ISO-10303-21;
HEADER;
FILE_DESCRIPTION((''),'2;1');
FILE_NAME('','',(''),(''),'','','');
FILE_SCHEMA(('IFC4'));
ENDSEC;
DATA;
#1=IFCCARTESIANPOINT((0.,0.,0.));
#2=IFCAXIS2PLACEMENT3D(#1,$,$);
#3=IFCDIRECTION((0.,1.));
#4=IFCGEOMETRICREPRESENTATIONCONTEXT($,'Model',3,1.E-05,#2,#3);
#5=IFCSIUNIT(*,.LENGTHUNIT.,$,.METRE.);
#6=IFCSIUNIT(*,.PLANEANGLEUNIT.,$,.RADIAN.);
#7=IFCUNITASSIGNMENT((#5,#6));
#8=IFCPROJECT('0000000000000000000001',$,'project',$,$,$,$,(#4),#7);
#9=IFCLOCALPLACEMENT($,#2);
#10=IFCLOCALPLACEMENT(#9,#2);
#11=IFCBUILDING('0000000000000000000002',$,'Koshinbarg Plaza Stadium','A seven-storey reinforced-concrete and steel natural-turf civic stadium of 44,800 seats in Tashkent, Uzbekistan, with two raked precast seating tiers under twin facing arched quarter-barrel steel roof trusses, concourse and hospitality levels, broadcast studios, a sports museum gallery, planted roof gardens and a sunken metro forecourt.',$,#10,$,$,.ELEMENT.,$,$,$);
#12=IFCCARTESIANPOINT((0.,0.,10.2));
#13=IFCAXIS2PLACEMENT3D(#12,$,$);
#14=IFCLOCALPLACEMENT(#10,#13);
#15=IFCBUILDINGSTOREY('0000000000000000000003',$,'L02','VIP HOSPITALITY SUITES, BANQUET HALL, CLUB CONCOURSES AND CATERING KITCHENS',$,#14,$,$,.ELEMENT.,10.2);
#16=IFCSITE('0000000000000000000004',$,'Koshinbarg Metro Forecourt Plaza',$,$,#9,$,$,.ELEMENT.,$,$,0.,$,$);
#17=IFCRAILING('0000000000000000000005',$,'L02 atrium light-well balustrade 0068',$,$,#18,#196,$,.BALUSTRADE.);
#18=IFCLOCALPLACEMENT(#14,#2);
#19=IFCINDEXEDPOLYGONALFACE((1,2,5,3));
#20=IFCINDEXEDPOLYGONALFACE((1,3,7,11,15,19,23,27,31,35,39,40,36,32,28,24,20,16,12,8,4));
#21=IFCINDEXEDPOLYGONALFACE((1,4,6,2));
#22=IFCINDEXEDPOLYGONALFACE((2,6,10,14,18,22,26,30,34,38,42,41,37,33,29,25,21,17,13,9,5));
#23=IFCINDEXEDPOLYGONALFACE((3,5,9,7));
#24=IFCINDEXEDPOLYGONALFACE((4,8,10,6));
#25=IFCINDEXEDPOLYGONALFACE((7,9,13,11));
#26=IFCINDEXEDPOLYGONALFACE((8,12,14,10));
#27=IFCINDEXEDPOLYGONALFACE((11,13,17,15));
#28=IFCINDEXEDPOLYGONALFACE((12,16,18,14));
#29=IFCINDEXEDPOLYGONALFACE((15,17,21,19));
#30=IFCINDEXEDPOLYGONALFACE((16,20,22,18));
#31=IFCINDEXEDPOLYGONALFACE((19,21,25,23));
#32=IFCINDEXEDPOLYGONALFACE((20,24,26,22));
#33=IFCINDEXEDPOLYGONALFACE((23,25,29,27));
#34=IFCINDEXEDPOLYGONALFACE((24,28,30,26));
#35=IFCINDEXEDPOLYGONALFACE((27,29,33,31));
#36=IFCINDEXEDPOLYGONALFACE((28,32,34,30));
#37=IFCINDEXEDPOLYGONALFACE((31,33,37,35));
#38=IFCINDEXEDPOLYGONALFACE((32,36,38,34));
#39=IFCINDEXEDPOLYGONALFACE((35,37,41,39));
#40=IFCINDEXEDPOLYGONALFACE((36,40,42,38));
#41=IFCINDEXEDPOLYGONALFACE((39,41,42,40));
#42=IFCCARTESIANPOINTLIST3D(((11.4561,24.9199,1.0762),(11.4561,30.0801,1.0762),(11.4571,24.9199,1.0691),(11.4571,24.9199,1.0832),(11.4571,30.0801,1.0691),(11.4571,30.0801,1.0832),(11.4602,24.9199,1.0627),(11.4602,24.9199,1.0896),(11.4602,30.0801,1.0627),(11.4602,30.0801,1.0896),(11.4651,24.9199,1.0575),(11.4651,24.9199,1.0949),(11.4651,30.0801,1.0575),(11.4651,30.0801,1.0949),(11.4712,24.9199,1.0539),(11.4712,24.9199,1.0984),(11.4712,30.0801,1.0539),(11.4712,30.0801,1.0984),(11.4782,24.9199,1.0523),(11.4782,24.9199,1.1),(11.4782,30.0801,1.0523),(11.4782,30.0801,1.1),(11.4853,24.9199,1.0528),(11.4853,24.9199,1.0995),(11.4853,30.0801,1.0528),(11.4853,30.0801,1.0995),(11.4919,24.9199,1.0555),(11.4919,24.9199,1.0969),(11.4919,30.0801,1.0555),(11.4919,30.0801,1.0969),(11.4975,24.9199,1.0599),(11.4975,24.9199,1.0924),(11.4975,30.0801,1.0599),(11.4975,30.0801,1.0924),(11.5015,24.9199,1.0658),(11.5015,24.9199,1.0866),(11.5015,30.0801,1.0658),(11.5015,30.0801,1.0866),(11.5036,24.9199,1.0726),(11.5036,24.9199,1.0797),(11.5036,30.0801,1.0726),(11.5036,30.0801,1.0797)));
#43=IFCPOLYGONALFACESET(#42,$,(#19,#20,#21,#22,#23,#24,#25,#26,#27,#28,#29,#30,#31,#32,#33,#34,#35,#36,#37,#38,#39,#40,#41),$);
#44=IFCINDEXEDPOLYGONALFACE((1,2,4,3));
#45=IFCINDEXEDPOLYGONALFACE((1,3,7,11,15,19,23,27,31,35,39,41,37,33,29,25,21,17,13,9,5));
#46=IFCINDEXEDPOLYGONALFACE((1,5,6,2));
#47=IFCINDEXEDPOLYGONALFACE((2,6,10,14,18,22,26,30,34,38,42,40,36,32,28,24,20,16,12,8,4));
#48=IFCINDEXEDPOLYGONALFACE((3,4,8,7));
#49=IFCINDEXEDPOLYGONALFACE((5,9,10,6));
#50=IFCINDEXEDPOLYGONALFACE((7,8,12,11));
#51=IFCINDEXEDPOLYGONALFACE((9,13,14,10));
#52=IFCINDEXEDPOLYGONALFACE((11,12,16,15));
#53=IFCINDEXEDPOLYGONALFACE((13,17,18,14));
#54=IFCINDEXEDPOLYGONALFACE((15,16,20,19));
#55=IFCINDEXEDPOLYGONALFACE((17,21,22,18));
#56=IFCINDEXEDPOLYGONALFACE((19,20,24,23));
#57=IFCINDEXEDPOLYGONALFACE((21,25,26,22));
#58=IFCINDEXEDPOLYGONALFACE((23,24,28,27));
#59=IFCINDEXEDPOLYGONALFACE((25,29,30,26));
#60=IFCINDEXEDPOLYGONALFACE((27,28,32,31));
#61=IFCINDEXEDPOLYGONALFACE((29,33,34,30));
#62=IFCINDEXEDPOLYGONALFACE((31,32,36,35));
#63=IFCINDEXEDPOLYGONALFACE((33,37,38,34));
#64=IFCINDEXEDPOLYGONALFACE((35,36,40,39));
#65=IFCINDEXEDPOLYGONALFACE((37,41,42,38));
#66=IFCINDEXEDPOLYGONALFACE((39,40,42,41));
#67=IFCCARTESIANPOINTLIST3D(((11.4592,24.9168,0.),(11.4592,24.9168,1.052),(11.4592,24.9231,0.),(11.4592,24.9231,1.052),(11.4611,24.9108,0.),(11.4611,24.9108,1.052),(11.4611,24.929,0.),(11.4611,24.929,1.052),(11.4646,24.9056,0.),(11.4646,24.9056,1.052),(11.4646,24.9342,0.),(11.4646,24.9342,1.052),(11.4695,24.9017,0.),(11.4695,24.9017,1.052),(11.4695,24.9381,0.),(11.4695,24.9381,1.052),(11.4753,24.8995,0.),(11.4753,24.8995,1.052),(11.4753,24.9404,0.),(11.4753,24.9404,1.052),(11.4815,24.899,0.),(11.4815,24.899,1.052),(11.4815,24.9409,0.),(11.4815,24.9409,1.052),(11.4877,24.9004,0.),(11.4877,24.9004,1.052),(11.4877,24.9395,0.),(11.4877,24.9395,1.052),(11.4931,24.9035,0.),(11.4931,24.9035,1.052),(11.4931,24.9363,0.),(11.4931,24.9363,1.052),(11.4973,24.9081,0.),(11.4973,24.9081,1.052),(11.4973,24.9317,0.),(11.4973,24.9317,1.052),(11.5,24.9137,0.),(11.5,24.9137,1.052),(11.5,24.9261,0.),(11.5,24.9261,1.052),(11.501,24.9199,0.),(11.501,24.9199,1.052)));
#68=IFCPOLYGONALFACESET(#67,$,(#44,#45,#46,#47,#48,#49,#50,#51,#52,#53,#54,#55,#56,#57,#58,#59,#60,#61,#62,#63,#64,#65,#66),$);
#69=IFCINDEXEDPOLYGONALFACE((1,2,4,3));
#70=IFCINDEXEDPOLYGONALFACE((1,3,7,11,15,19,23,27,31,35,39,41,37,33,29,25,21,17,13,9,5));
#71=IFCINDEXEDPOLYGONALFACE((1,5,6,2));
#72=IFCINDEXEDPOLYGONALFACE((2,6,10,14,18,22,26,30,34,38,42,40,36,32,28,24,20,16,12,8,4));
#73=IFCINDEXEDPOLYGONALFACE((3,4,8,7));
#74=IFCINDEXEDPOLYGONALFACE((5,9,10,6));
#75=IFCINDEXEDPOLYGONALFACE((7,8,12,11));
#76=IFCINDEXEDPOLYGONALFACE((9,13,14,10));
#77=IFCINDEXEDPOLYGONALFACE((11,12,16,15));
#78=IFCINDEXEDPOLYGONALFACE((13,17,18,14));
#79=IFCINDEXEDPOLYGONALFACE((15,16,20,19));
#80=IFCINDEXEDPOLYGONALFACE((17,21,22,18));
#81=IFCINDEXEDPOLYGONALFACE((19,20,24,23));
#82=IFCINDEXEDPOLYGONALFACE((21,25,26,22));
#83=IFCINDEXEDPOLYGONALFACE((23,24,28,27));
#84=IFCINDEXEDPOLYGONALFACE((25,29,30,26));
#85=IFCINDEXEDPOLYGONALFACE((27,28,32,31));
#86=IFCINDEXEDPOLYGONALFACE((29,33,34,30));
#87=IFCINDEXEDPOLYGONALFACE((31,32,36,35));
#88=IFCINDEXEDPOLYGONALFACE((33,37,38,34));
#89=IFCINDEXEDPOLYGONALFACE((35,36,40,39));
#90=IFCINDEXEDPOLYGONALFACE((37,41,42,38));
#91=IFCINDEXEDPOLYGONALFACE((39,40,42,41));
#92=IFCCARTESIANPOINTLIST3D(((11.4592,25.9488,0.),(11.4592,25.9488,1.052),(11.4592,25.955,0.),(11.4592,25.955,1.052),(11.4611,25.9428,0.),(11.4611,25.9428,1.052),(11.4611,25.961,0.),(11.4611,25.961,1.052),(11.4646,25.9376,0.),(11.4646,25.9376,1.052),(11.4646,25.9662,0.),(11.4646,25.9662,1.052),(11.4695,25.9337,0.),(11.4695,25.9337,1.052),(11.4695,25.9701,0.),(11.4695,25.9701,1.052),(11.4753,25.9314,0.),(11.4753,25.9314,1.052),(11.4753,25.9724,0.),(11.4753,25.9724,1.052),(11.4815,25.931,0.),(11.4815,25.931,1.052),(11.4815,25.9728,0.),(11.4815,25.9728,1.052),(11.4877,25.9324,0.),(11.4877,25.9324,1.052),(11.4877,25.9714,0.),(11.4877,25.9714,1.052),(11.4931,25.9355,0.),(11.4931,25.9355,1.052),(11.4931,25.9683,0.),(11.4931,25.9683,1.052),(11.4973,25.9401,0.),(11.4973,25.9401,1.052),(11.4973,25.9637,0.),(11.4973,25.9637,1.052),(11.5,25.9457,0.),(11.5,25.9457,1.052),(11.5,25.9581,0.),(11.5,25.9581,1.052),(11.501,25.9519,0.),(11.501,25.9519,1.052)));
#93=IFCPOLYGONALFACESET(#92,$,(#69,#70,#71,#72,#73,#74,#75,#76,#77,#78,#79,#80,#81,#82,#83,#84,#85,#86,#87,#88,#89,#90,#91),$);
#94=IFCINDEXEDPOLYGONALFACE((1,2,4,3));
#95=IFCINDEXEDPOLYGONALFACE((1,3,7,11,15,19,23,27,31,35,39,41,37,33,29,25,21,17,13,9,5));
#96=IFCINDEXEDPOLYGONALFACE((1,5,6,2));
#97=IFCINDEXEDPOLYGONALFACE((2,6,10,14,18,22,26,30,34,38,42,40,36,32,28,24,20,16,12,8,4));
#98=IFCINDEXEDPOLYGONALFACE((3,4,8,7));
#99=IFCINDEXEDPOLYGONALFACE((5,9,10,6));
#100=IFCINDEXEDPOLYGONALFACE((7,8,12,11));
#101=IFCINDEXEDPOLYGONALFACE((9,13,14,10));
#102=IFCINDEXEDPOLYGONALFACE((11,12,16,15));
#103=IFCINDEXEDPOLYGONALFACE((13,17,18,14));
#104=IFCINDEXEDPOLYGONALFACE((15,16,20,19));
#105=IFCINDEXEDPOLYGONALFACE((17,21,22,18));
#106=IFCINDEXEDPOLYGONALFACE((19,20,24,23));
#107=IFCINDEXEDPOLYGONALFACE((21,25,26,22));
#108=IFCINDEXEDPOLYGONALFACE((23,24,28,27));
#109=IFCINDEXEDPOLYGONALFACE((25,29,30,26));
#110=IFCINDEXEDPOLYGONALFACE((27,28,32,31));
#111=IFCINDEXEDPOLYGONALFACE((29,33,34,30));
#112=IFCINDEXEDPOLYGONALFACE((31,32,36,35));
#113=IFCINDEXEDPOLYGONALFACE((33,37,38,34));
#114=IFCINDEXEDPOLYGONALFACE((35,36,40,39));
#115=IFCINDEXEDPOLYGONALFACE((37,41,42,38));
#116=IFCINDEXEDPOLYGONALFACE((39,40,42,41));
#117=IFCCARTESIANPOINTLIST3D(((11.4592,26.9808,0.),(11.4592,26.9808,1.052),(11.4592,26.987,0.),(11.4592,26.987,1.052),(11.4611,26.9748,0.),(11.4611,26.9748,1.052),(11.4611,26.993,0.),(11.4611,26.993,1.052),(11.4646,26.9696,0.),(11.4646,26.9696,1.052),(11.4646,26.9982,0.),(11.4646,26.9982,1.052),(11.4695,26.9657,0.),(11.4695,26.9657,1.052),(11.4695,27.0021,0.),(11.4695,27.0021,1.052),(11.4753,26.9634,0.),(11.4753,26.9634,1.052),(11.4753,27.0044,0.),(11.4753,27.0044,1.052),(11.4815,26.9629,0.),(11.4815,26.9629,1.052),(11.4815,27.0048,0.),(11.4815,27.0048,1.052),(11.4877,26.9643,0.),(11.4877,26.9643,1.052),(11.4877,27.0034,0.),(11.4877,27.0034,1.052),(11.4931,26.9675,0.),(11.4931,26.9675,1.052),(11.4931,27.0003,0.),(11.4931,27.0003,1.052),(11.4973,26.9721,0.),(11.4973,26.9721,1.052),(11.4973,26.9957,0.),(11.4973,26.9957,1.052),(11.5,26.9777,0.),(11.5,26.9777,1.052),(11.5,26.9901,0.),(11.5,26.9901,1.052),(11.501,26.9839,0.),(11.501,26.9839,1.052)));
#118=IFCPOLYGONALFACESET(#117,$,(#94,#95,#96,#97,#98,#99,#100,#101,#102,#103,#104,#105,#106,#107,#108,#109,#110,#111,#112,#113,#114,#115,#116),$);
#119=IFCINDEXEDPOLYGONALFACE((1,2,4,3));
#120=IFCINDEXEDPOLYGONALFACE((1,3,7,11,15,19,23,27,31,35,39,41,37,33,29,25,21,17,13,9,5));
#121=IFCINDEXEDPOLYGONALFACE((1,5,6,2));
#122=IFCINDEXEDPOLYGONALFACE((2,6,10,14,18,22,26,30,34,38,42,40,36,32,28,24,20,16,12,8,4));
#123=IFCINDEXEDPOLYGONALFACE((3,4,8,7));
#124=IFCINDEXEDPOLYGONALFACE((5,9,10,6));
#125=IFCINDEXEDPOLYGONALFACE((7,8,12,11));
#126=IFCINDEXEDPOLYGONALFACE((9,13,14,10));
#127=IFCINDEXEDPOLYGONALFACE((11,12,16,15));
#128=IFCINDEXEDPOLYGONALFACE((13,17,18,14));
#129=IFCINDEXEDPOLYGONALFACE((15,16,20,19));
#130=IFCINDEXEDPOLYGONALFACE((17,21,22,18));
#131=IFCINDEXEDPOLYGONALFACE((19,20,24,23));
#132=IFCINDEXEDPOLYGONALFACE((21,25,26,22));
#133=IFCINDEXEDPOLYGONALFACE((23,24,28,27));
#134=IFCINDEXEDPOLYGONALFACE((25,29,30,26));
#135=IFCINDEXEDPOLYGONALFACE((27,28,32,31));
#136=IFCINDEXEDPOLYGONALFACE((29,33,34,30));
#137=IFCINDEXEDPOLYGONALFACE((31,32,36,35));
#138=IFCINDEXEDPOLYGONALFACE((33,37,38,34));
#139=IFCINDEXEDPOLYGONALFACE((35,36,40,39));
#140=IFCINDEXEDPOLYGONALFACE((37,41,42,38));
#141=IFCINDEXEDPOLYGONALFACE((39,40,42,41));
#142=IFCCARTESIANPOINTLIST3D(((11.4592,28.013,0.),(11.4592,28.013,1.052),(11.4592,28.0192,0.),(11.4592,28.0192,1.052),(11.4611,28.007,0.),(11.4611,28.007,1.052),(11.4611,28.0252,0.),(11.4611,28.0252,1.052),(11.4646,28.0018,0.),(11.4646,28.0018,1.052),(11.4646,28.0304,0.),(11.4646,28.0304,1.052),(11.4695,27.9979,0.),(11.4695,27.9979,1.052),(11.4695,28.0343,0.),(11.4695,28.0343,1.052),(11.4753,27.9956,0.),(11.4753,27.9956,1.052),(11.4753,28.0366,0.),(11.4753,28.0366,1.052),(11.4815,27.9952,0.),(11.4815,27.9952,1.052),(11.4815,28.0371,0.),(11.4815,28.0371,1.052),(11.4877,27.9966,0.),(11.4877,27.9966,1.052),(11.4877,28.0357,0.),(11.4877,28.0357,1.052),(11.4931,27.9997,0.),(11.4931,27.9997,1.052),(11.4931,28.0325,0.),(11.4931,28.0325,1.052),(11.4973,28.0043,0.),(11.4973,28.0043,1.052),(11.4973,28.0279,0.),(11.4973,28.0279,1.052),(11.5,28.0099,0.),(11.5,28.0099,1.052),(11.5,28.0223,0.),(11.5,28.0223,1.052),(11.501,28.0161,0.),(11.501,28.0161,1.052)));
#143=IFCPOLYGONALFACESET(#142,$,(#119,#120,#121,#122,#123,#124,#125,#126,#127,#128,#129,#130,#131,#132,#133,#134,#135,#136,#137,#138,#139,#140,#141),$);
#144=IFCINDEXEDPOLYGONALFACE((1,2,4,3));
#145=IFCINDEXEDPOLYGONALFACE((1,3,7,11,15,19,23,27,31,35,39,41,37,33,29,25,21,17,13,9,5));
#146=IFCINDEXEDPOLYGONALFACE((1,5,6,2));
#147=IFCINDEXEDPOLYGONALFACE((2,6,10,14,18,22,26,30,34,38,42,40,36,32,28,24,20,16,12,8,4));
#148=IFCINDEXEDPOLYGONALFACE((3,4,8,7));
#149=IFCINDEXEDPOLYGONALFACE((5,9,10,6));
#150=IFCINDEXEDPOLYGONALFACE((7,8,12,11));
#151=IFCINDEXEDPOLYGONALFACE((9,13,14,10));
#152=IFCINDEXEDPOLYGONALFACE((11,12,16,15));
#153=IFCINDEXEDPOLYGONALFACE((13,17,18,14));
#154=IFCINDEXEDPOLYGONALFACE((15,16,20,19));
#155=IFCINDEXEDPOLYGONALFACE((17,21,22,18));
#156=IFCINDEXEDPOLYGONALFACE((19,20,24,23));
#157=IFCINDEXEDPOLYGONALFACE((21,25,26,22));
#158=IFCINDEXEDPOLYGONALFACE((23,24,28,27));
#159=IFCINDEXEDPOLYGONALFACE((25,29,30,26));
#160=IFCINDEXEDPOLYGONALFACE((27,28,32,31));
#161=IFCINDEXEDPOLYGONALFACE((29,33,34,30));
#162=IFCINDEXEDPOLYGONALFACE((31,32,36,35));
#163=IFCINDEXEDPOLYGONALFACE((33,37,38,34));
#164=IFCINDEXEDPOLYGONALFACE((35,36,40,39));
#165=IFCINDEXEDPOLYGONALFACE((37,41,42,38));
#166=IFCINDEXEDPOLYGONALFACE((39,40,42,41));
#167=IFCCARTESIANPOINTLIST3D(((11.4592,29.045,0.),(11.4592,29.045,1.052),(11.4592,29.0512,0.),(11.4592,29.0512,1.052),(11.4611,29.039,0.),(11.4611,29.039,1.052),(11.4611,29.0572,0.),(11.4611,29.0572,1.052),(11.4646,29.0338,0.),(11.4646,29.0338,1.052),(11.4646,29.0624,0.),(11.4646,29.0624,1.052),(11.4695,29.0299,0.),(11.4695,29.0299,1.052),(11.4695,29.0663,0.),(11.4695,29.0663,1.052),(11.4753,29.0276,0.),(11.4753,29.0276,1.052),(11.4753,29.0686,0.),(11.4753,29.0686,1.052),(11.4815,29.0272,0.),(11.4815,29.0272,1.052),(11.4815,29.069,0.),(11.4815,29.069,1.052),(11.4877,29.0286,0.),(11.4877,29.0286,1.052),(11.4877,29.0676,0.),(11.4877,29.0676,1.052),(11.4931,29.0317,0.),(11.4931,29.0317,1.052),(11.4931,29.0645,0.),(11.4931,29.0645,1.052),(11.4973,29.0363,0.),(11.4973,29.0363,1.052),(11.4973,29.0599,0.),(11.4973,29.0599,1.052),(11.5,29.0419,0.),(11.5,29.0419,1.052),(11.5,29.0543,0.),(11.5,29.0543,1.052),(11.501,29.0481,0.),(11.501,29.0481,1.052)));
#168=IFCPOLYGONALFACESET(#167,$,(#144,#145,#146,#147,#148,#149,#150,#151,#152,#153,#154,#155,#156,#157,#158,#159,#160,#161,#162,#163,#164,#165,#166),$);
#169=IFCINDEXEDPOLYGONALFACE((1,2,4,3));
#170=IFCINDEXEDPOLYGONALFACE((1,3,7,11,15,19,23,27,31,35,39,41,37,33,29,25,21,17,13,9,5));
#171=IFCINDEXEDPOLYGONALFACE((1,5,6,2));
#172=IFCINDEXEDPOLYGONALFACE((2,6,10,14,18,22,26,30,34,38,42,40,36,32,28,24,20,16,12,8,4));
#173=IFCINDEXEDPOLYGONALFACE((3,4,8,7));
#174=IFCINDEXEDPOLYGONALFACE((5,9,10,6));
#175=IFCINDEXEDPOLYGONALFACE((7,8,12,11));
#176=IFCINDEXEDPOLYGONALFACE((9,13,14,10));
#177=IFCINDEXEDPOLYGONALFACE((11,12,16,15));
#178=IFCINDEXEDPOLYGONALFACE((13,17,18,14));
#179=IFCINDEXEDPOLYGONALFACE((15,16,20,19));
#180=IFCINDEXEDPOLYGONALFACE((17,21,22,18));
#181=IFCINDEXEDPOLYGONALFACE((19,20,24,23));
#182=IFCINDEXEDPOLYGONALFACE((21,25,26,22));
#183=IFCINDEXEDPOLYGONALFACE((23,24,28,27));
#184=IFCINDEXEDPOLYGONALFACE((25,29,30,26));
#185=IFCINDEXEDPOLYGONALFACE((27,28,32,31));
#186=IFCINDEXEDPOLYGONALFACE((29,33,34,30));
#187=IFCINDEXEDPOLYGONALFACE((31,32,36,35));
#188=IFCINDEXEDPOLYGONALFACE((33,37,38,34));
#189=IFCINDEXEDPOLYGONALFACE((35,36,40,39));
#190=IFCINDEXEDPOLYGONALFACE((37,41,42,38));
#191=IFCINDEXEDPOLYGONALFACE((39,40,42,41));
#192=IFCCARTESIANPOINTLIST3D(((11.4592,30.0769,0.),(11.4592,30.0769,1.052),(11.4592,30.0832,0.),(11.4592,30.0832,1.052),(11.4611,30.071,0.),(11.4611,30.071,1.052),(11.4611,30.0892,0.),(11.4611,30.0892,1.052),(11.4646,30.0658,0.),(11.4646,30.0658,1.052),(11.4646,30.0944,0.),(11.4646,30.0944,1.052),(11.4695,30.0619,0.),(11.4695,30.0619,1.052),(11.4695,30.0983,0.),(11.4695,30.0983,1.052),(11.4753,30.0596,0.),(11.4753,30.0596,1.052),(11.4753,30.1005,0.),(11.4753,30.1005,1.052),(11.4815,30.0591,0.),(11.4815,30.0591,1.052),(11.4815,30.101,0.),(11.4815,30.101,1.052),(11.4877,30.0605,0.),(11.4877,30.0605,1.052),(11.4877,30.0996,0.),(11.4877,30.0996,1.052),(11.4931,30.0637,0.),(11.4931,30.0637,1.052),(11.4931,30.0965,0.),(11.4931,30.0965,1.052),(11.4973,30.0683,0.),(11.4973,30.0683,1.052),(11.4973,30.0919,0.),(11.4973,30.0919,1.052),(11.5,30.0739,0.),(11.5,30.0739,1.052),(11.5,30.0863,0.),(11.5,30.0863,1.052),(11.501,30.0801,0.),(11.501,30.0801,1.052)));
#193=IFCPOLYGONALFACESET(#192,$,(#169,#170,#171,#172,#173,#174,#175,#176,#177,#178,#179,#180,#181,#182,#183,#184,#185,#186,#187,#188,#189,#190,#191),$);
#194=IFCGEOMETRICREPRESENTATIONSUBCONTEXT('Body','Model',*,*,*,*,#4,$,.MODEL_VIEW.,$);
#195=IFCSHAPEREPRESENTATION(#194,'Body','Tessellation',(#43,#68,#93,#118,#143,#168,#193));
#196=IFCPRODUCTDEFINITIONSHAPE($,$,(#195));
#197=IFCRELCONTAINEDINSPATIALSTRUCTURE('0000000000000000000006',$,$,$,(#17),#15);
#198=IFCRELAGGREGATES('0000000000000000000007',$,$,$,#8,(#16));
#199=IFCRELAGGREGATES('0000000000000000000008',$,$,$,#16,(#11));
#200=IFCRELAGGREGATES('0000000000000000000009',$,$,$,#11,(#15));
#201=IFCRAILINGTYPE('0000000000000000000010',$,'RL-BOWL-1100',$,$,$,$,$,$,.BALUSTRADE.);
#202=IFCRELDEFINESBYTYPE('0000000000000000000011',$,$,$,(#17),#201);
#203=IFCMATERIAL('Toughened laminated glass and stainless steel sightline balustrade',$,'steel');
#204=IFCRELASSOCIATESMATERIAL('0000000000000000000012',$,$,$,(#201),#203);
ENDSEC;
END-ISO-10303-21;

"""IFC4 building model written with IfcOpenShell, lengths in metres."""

from ifc_helpers import new_model, si_unit, direction, frame, origin, origin_2d, place, context, subcontext, project, spatial, circle, extrude, material, type_object, element, save


model = new_model("IFC4")

# Units and contexts
model_context = context("Model", 3, precision=1e-05, world=origin(), true_north=direction((0.0, 1.0)))
body_context = subcontext(model_context, "Body", "Model", "MODEL_VIEW")
ifc_project = project(units=[si_unit("LENGTHUNIT", "METRE"), si_unit("PLANEANGLEUNIT", "RADIAN")], contexts=[model_context])

# Site, building, storey
site_placement = place(None, origin())
site = spatial("IfcSite", under=ifc_project, at=site_placement, Name="Koshinbarg Metro Forecourt Plaza", CompositionType="ELEMENT", RefElevation=0.0)
building_placement = place(site_placement, origin())
building = spatial("IfcBuilding", under=site, at=building_placement, Name="Koshinbarg Plaza Stadium", Description="A seven-storey reinforced-concrete and steel natural-turf civic stadium of 44,800 seats in Tashkent, Uzbekistan, with two raked precast seating tiers under twin facing arched quarter-barrel steel roof trusses, concourse and hospitality levels, broadcast studios, a sports museum gallery, planted roof gardens and a sunken metro forecourt.", CompositionType="ELEMENT")
storey_placement = place(building_placement, frame((0.0, 0.0, 10.2)))
storey = spatial("IfcBuildingStorey", under=building, at=storey_placement, Name="L02", Description="VIP HOSPITALITY SUITES, BANQUET HALL, CLUB CONCOURSES AND CATERING KITCHENS", CompositionType="ELEMENT", Elevation=10.2)

# Railing
ifc_material_1 = material(Name="Toughened laminated glass and stainless steel sightline balustrade", Category="steel")
railing_type = type_object("IfcRailingType", Name="RL-BOWL-1100", PredefinedType="BALUSTRADE", material=ifc_material_1)
railing_1_placement = place(storey_placement, frame((11.48, 24.9199, 0.0)))
element("IfcRailing", 1, at=railing_1_placement, inside=storey, type_object=railing_type, Name="L02 atrium light-well balustrade 0068", PredefinedType="BALUSTRADE", context=body_context, shape_type="SweptSolid", body=[
    extrude(circle(Radius=0.0239, at=origin_2d()), frame((0.0, 0.0, 1.0762), z_axis=(0.0, 1.0, 0.0), x_axis=(-1.0, 0.0, 0.0)), (0.0, 0.0, 1.0), 5.1602),
    extrude(circle(Radius=0.021, at=origin_2d()), origin(), (0.0, 0.0, 1.0), 1.052),
    extrude(circle(Radius=0.021, at=origin_2d()), frame((0.0, 1.032, 0.0)), (0.0, 0.0, 1.0), 1.052),
    extrude(circle(Radius=0.021, at=origin_2d()), frame((0.0, 2.064, 0.0)), (0.0, 0.0, 1.0), 1.052),
    extrude(circle(Radius=0.021, at=origin_2d()), frame((0.0, 3.0962, 0.0)), (0.0, 0.0, 1.0), 1.052),
    extrude(circle(Radius=0.021, at=origin_2d()), frame((0.0, 4.1282, 0.0)), (0.0, 0.0, 1.0), 1.052),
    extrude(circle(Radius=0.021, at=origin_2d()), frame((0.0, 5.1602, 0.0)), (0.0, 0.0, 1.0), 1.052),
])

save(model, "model.ifc")
